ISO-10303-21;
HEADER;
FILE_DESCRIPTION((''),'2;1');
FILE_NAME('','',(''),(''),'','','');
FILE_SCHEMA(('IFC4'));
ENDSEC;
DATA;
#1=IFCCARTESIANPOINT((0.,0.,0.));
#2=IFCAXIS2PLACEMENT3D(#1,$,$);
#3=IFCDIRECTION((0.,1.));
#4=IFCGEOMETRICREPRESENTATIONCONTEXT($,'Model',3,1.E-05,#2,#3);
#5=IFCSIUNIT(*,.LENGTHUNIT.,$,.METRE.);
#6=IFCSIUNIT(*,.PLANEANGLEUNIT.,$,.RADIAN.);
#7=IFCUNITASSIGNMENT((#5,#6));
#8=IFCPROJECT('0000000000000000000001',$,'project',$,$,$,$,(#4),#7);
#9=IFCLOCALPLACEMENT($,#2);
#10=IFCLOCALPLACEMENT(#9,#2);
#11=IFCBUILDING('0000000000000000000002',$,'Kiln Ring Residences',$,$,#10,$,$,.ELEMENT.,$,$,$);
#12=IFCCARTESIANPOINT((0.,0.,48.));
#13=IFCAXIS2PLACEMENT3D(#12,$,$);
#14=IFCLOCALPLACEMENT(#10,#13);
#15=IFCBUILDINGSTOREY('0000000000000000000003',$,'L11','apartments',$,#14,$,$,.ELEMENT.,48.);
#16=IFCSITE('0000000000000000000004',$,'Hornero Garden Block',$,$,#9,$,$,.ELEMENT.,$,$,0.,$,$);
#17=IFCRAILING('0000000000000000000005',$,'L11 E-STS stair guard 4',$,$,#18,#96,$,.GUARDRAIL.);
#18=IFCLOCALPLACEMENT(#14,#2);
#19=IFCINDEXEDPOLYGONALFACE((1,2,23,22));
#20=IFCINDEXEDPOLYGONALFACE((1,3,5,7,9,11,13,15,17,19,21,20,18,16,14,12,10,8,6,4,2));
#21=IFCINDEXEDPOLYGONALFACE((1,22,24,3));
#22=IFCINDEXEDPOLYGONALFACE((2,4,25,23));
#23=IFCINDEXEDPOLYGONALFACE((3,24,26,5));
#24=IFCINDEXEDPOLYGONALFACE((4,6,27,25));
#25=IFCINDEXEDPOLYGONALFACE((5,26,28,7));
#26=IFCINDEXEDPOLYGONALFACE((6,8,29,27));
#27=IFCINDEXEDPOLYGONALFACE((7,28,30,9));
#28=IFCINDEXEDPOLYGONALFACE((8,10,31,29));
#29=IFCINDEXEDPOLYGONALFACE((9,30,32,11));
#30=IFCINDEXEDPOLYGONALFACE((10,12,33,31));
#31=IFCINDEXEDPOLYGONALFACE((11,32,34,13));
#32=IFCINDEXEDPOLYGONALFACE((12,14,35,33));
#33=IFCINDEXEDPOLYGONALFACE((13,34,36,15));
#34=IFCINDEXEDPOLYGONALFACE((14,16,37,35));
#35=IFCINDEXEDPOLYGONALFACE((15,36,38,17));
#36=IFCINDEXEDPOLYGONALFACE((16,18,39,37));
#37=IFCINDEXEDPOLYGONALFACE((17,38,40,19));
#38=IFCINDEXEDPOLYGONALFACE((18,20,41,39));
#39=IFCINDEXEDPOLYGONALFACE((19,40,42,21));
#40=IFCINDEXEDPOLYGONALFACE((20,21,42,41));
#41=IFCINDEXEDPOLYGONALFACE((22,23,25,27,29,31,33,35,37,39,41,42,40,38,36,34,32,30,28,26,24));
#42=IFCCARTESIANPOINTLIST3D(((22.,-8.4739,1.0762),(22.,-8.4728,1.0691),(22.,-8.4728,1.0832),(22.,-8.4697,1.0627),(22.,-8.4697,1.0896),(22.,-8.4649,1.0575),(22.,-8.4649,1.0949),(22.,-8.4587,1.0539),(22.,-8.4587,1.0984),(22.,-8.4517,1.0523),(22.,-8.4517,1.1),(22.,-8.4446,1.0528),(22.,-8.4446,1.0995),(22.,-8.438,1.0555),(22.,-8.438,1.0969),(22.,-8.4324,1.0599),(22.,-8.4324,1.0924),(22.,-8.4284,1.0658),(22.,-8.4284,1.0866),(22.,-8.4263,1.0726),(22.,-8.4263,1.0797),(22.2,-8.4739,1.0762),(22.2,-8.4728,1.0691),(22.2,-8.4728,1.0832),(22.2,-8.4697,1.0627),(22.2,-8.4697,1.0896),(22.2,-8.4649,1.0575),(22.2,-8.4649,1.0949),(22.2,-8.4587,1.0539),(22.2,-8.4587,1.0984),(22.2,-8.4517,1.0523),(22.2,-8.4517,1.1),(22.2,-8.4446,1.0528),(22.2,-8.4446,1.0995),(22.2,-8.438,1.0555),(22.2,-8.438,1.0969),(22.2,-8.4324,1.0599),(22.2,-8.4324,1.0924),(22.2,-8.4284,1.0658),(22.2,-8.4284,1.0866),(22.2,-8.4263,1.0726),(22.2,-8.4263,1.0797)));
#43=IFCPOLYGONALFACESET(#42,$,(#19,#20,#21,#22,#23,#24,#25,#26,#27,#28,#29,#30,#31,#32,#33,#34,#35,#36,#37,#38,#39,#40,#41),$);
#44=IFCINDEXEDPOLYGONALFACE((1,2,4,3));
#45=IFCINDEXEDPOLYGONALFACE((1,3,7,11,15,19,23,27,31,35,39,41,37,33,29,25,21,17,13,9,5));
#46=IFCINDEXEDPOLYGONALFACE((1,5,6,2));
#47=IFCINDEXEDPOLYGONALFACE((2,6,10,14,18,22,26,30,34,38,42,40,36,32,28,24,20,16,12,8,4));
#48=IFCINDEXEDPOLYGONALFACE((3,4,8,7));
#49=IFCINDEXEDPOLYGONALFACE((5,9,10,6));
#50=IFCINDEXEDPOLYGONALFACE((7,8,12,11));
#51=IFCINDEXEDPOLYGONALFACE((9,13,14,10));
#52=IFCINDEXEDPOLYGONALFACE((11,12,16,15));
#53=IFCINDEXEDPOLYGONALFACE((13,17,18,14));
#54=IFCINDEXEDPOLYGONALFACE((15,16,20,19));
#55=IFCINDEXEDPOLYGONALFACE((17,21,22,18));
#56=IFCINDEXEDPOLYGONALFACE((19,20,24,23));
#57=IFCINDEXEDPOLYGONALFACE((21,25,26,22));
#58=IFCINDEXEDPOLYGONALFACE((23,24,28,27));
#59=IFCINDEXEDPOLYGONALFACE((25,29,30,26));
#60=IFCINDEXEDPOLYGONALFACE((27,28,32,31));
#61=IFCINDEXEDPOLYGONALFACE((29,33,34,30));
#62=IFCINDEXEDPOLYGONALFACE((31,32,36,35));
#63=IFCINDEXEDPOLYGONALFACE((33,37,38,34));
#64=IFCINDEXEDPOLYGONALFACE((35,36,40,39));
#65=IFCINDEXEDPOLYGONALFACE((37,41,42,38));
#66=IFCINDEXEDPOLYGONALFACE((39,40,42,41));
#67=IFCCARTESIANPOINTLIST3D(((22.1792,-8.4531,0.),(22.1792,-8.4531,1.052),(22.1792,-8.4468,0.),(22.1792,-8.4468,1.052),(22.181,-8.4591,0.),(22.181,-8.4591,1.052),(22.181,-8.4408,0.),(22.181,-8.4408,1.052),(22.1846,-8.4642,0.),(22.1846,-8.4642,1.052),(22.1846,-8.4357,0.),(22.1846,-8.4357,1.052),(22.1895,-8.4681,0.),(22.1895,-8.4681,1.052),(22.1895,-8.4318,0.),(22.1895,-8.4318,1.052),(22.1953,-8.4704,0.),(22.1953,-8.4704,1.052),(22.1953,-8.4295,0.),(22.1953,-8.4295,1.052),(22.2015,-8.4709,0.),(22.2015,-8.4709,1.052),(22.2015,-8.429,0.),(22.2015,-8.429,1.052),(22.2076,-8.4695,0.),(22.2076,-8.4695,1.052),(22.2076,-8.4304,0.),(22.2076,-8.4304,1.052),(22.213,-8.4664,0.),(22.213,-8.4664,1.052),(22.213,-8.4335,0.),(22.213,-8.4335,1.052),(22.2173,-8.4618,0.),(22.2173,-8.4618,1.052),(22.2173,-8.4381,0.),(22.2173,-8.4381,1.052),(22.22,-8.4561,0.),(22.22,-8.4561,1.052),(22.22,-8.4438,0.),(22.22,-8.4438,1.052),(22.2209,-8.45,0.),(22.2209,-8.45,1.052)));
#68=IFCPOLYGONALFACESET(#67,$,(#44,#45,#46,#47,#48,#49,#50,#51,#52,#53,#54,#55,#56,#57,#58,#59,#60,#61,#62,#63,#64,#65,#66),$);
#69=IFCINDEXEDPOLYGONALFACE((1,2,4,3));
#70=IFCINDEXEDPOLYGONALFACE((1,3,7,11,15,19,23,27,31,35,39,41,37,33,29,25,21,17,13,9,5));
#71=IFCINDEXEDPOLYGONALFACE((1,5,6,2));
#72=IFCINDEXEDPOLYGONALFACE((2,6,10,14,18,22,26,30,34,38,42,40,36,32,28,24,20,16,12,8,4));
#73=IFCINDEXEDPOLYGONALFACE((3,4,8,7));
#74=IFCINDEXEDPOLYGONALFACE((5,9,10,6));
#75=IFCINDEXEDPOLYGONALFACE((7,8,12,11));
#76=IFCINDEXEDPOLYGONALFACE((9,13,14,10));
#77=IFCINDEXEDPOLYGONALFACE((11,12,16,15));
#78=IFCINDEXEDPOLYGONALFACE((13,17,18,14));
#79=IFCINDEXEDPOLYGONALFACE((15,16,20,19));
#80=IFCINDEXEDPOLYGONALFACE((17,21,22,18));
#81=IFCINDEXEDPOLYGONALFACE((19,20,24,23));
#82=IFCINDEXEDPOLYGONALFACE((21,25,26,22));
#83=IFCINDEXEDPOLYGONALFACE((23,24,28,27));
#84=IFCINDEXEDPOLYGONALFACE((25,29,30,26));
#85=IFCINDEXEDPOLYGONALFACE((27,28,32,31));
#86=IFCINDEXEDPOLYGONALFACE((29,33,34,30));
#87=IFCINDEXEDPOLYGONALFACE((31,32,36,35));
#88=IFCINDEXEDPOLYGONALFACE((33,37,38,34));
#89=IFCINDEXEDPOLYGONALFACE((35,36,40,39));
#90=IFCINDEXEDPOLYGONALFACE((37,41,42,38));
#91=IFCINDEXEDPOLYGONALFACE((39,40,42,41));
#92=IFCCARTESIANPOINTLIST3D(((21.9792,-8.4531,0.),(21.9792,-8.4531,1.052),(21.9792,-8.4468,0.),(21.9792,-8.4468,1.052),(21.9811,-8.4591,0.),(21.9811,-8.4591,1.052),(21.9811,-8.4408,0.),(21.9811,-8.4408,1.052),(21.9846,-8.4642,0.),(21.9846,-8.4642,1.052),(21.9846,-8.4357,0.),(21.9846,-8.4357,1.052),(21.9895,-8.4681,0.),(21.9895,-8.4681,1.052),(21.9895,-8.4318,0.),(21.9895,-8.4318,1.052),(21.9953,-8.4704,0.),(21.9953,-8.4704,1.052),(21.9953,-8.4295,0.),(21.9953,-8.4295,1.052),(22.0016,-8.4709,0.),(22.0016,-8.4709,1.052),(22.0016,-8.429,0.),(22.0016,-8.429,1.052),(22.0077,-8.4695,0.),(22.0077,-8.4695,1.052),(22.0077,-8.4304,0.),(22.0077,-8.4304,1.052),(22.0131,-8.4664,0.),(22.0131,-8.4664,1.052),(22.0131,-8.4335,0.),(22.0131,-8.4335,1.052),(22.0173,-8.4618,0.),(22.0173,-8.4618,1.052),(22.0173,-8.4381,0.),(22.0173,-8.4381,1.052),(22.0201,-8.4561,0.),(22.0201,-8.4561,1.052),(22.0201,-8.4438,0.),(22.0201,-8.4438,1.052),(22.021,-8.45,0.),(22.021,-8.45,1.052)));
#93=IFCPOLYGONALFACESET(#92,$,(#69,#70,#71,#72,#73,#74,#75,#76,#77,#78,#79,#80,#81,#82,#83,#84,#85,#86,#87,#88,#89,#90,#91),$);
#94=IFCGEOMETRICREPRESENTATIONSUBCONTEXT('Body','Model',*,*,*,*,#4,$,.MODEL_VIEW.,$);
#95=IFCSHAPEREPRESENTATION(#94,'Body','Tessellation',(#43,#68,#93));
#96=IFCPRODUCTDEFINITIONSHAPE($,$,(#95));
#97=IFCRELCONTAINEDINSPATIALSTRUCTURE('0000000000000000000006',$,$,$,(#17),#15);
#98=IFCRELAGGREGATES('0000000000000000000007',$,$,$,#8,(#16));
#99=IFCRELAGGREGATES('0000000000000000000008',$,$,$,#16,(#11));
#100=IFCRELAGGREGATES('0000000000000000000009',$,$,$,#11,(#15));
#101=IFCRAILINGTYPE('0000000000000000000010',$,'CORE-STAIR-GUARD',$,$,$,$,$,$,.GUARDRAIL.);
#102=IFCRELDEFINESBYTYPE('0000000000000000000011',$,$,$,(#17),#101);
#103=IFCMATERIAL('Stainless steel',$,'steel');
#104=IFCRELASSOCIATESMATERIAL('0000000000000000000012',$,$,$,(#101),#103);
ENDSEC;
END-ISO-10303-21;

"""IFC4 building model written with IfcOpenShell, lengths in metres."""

from ifc_helpers import new_model, si_unit, direction, frame, origin, origin_2d, place, context, subcontext, project, spatial, circle, extrude, material, type_object, element, save


model = new_model("IFC4")

# Units and contexts
model_context = context("Model", 3, precision=1e-05, world=origin(), true_north=direction((0.0, 1.0)))
body_context = subcontext(model_context, "Body", "Model", "MODEL_VIEW")
ifc_project = project(units=[si_unit("LENGTHUNIT", "METRE"), si_unit("PLANEANGLEUNIT", "RADIAN")], contexts=[model_context])

# Site, building, storey
site_placement = place(None, origin())
site = spatial("IfcSite", under=ifc_project, at=site_placement, Name="Hornero Garden Block", CompositionType="ELEMENT", RefElevation=0.0)
building_placement = place(site_placement, origin())
building = spatial("IfcBuilding", under=site, at=building_placement, Name="Kiln Ring Residences", CompositionType="ELEMENT")
storey_placement = place(building_placement, frame((0.0, 0.0, 48.0)))
storey = spatial("IfcBuildingStorey", under=building, at=storey_placement, Name="L11", Description="apartments", CompositionType="ELEMENT", Elevation=48.0)

# Railing
ifc_material_1 = material(Name="Stainless steel", Category="steel")
railing_type_1 = type_object("IfcRailingType", Name="CORE-STAIR-GUARD", PredefinedType="GUARDRAIL", material=ifc_material_1)
railing_1_placement = place(storey_placement, frame((22.2, -8.45, 0.0)))
element("IfcRailing", 1, at=railing_1_placement, inside=storey, type_object=railing_type_1, Name="L11 E-STS stair guard 4", PredefinedType="GUARDRAIL", context=body_context, shape_type="SweptSolid", body=[
    extrude(circle(Radius=0.0239, at=origin_2d()), frame((0.0, 0.0, 1.0762), z_axis=(-1.0, 0.0, 0.0), x_axis=(0.0, -1.0, 0.0)), (0.0, 0.0, 1.0), 0.2),
    extrude(circle(Radius=0.021, at=origin_2d()), origin(), (0.0, 0.0, 1.0), 1.052),
    extrude(circle(Radius=0.021, at=origin_2d()), frame((-0.2, 0.0, 0.0)), (0.0, 0.0, 1.0), 1.052),
])

save(model, "model.ifc")
